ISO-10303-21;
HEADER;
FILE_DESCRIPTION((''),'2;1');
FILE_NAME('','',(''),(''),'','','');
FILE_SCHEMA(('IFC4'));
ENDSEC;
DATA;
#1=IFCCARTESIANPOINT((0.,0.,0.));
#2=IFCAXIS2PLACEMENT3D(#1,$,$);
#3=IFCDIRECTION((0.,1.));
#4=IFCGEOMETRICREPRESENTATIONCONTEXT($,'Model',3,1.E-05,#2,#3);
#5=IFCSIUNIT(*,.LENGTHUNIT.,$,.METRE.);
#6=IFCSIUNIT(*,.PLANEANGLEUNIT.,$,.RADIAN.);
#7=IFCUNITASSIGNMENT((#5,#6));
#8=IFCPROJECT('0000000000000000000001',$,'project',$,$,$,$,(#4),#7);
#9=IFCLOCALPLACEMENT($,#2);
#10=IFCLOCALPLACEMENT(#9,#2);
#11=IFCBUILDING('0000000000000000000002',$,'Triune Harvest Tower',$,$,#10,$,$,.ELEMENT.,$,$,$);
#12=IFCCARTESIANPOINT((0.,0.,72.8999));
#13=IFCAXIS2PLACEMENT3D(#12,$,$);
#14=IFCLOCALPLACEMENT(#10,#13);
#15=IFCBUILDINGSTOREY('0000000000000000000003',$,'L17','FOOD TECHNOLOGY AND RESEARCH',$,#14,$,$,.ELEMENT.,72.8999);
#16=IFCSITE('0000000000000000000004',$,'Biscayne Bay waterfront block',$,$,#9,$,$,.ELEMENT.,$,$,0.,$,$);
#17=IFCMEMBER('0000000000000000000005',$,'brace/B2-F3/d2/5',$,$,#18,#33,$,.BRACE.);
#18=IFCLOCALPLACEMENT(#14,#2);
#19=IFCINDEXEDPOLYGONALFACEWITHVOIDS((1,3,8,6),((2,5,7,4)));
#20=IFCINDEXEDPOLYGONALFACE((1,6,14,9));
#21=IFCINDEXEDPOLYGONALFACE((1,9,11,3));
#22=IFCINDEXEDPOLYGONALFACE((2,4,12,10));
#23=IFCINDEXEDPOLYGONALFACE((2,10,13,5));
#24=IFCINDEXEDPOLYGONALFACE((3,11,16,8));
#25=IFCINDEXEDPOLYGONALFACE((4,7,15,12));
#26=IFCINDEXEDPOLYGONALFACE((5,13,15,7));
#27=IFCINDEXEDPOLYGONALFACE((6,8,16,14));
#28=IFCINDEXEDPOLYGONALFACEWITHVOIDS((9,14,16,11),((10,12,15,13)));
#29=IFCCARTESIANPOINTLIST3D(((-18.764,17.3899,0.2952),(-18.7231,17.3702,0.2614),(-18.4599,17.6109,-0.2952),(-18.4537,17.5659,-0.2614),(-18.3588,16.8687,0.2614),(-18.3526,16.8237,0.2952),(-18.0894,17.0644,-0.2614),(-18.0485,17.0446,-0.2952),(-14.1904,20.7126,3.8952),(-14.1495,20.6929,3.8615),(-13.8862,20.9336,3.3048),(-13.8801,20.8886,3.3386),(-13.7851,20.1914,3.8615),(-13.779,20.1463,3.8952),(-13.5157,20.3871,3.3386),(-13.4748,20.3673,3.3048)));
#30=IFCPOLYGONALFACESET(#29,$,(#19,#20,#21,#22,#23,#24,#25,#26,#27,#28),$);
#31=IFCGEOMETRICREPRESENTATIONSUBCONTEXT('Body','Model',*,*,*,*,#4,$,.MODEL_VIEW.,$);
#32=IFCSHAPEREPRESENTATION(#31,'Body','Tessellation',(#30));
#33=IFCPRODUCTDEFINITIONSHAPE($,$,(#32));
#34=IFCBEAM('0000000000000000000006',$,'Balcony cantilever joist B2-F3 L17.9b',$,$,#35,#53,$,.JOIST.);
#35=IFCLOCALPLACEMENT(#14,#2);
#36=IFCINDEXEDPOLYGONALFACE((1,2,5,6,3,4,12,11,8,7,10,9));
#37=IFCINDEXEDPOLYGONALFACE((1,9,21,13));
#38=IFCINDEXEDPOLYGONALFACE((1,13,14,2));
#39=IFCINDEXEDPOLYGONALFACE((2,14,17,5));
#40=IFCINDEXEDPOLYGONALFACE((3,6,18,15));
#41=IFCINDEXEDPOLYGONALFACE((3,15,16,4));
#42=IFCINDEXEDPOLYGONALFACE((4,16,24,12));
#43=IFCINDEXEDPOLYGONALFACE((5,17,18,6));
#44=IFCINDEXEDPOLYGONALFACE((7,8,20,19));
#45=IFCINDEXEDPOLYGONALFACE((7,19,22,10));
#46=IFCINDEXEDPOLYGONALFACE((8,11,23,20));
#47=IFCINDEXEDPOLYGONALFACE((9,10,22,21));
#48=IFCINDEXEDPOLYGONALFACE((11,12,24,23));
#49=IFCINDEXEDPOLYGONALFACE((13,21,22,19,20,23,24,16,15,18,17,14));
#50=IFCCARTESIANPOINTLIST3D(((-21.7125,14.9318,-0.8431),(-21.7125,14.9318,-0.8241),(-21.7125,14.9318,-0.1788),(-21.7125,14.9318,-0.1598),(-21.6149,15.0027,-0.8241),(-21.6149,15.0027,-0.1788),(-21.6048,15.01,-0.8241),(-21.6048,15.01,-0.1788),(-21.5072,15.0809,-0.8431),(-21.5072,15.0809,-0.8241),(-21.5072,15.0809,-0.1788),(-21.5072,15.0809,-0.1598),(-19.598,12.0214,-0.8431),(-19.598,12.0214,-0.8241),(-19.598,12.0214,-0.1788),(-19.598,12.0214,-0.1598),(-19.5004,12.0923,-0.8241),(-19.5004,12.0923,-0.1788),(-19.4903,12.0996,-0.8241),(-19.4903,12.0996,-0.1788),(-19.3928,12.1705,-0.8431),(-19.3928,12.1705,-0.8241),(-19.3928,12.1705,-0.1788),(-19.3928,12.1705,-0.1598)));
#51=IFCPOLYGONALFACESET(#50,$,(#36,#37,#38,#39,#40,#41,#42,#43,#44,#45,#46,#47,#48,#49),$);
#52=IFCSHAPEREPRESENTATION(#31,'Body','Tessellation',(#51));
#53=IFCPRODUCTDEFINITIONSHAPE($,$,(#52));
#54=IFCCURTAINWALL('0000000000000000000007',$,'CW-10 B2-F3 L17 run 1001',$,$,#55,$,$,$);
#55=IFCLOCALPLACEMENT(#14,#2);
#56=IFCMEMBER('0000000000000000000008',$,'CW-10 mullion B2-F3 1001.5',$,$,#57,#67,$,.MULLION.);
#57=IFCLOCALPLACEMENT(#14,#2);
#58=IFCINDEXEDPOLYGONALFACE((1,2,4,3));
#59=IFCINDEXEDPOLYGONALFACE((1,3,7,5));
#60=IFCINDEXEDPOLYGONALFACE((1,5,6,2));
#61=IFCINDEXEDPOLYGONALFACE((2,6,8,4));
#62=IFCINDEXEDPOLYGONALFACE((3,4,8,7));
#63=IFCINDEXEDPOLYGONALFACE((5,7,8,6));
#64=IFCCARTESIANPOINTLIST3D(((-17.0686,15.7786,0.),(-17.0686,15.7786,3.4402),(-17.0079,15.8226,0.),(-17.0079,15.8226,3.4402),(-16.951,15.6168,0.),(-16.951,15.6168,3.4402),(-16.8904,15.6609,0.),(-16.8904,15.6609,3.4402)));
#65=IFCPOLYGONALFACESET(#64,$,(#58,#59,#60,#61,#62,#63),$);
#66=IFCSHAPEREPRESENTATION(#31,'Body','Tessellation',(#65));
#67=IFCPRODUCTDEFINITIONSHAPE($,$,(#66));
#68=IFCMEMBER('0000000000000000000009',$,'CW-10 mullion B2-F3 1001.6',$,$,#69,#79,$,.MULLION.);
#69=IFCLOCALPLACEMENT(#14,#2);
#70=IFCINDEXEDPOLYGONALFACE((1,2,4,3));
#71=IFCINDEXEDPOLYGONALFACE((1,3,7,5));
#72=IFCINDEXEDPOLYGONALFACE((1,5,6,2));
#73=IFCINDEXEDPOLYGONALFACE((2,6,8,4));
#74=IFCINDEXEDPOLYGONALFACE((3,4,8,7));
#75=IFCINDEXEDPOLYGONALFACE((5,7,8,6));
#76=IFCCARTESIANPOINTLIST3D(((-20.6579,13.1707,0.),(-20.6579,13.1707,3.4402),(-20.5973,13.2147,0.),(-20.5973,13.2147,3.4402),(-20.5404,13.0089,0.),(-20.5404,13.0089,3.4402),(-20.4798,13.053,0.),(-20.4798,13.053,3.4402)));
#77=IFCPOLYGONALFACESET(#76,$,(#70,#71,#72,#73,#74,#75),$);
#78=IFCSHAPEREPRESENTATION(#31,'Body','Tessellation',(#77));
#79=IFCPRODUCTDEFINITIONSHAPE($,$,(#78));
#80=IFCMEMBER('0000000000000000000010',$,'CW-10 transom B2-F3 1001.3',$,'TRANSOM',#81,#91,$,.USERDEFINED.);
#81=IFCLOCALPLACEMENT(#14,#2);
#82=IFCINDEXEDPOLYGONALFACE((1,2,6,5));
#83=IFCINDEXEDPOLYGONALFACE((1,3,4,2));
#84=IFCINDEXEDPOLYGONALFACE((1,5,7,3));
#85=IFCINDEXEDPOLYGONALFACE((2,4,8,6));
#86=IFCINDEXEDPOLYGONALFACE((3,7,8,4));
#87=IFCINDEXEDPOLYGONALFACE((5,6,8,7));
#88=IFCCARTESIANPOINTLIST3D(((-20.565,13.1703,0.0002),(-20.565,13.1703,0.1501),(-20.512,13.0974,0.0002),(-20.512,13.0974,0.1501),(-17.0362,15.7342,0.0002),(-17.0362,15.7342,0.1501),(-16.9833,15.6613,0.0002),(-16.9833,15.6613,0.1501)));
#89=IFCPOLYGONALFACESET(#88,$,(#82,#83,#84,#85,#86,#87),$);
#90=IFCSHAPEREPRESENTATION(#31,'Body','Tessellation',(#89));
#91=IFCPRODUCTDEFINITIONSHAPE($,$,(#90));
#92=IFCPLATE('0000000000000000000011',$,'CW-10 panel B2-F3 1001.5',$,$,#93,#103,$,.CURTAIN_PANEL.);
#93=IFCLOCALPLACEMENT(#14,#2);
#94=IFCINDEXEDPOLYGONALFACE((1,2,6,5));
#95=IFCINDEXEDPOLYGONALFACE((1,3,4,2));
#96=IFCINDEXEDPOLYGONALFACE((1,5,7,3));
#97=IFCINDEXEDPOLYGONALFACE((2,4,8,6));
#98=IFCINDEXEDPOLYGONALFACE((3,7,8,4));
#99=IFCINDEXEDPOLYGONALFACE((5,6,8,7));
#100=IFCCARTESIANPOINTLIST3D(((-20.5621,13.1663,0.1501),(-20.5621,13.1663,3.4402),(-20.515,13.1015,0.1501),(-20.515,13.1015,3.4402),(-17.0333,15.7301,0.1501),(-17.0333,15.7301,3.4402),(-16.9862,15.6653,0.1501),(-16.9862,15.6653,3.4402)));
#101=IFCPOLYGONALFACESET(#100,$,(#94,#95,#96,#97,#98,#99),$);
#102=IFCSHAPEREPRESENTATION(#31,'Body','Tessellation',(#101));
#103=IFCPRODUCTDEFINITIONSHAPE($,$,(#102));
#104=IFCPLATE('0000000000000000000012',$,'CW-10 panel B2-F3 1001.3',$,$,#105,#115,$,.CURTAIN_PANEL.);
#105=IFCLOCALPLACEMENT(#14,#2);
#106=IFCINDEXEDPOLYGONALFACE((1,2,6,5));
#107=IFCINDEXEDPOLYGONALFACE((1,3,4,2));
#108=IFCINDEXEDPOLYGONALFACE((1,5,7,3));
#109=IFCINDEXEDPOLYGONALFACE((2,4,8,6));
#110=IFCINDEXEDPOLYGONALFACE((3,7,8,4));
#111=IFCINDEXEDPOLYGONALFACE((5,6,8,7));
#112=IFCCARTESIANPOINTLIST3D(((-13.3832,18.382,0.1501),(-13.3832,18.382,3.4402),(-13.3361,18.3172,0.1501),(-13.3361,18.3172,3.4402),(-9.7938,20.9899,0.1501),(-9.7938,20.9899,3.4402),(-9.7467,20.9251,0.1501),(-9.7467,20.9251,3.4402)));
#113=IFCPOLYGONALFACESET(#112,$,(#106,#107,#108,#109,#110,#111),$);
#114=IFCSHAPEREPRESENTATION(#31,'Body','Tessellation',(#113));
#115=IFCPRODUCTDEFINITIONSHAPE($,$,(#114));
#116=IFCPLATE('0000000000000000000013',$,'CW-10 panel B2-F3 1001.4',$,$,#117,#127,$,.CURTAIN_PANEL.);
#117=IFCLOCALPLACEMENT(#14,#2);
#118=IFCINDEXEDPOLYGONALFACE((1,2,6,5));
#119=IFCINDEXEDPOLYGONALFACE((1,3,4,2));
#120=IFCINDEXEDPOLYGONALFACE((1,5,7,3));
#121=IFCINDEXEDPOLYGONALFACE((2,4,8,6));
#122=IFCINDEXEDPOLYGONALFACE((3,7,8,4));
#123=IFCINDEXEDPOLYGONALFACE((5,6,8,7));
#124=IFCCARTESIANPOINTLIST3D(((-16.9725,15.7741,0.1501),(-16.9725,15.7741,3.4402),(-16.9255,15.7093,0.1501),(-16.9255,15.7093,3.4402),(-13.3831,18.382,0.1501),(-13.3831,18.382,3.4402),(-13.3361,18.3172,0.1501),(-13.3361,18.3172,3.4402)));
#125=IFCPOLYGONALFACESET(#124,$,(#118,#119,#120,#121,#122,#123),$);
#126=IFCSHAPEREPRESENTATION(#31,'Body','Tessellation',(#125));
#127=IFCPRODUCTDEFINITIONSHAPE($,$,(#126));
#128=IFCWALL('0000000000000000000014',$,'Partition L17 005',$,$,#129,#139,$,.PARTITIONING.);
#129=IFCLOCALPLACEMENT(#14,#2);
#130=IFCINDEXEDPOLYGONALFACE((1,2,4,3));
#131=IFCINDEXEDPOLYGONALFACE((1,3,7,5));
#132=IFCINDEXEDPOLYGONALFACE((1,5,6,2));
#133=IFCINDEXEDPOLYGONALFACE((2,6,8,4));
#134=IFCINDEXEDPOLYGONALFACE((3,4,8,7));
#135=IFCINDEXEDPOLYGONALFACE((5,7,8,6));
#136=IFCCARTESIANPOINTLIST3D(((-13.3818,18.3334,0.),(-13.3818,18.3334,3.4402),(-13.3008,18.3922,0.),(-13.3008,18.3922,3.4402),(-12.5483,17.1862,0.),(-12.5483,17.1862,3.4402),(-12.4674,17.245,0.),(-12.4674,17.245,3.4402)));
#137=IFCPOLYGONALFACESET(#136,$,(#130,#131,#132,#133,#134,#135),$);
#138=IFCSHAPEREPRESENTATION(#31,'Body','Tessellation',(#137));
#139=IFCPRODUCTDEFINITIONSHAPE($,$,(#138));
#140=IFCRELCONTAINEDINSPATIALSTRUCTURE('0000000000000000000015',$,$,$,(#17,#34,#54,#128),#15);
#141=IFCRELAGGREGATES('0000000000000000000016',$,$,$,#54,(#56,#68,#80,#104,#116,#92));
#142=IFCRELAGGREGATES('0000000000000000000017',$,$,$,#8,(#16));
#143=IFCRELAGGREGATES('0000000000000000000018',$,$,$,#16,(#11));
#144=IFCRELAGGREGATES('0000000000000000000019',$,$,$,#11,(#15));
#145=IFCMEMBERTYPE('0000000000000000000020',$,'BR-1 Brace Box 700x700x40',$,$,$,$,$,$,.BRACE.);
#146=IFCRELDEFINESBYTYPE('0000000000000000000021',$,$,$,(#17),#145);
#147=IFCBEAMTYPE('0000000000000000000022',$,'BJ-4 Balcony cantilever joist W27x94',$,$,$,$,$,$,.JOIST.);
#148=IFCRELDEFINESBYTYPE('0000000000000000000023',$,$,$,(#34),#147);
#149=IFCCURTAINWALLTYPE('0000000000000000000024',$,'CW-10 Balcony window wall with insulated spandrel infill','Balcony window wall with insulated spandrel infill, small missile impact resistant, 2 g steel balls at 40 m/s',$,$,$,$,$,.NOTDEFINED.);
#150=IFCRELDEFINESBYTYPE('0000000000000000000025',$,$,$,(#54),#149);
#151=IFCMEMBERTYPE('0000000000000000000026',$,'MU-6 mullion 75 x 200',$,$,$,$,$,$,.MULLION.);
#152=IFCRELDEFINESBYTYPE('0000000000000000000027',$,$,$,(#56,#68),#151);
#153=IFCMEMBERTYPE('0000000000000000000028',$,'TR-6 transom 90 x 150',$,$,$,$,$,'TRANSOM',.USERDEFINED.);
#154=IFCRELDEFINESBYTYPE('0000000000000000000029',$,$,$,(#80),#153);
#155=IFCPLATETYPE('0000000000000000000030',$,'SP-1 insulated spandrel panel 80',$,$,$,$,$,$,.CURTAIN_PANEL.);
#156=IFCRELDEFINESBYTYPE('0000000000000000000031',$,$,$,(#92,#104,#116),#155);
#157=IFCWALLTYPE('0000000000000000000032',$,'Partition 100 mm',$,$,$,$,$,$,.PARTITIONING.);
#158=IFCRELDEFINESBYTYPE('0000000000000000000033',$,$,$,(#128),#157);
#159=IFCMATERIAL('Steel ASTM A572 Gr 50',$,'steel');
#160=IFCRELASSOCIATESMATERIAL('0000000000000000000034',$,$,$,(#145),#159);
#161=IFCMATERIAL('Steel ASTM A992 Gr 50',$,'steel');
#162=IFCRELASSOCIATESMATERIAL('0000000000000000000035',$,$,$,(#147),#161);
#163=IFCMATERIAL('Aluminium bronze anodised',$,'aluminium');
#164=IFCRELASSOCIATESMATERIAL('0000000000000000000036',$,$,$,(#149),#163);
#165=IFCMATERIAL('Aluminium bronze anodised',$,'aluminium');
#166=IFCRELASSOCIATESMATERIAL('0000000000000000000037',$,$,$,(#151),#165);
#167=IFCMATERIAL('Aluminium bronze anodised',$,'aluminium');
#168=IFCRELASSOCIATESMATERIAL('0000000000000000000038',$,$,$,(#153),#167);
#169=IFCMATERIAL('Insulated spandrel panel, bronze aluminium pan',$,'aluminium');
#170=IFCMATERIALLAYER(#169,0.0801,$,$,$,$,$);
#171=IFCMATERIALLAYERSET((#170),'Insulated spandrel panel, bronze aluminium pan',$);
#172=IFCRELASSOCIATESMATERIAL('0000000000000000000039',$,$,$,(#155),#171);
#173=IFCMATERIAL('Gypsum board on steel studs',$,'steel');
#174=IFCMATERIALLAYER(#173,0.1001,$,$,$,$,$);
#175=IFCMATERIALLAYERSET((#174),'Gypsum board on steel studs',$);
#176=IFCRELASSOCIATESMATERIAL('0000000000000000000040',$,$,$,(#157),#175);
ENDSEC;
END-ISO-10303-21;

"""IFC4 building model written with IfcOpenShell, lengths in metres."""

from ifc_helpers import new_model, si_unit, direction, frame, frame_2d, origin, origin_2d, place, context, subcontext, project, spatial, rectangle, hollow_rectangle, i_section, extrude, source, transform, mapped, material, layer, layer_set, material_profile, profile_set, type_object, element, aggregate, save


model = new_model("IFC4")

# Units and contexts
model_context = context("Model", 3, precision=1e-05, world=origin(), true_north=direction((0.0, 1.0)))
body_context = subcontext(model_context, "Body", "Model", "MODEL_VIEW")
ifc_project = project(units=[si_unit("LENGTHUNIT", "METRE"), si_unit("PLANEANGLEUNIT", "RADIAN")], contexts=[model_context])

# Site, building, storey
site_placement = place(None, origin())
site = spatial("IfcSite", under=ifc_project, at=site_placement, Name="Biscayne Bay waterfront block", CompositionType="ELEMENT", RefElevation=0.0)
building_placement = place(site_placement, origin())
building = spatial("IfcBuilding", under=site, at=building_placement, Name="Triune Harvest Tower", CompositionType="ELEMENT")
storey_placement = place(building_placement, frame((0.0, 0.0, 72.8999)))
storey = spatial("IfcBuildingStorey", under=building, at=storey_placement, Name="L17", Description="FOOD TECHNOLOGY AND RESEARCH", CompositionType="ELEMENT", Elevation=72.8999)

# Member
ifc_material_1 = material(Name="Steel ASTM A572 Gr 50", Category="steel")
ifc_material_profile_1 = material_profile(ifc_material_1, hollow_rectangle(XDim=0.7, YDim=0.7, WallThickness=0.04, at=origin_2d()), Name="Box 700x700x40")
ifc_profile_set_1 = profile_set([ifc_material_profile_1], Name="Steel ASTM A572 Gr 50")
member_type_1 = type_object("IfcMemberType", Name="BR-1 Brace Box 700x700x40", PredefinedType="BRACE", material=ifc_profile_set_1)
shared_shape_1 = source(origin(), body_context, "Body", "SweptSolid", [
    extrude(hollow_rectangle(XDim=0.7, YDim=0.7, WallThickness=0.04, at=origin_2d()), origin(), (0.0, 0.0, 1.0), 6.7021),
])
for number, where, z_axis, x_axis, name in (
    (1, (-18.4062, 17.2173, 0.0), (0.682415, 0.495766, 0.537146), (-0.587756, 0.809039, 0.0), "brace/B2-F3/d2/5"),
):
    element("IfcMember", number, at=place(storey_placement, frame(where, z_axis=z_axis, x_axis=x_axis)), inside=storey, type_object=member_type_1, Name=name, PredefinedType="BRACE", context=body_context, shape_type="MappedRepresentation", body=[
        mapped(shared_shape_1, transform((0.0, 0.0, 0.0), scale=1.0)),
    ])

# Beam
ifc_material_2 = material(Name="Steel ASTM A992 Gr 50", Category="steel")
ifc_material_profile_2 = material_profile(ifc_material_2, i_section(OverallWidth=0.2537, OverallDepth=0.6833, WebThickness=0.0125, FlangeThickness=0.019, at=origin_2d()), Name="W27x94")
ifc_profile_set_2 = profile_set([ifc_material_profile_2], Name="Steel ASTM A992 Gr 50")
beam_type_1 = type_object("IfcBeamType", Name="BJ-4 Balcony cantilever joist W27x94", PredefinedType="JOIST", material=ifc_profile_set_2)
shared_shape_2 = source(origin(), body_context, "Body", "SweptSolid", [
    extrude(i_section(OverallWidth=0.2537, OverallDepth=0.6833, WebThickness=0.0125, FlangeThickness=0.019, at=origin_2d()), origin(), (0.0, 0.0, 1.0), 3.5974),
])
beam_1_placement = place(storey_placement, frame((-19.4954, 12.0959, -0.5015), z_axis=(-0.58778, 0.809021, 0.0), x_axis=(-0.809021, -0.58778, 0.0)))
element("IfcBeam", 2, at=beam_1_placement, inside=storey, type_object=beam_type_1, Name="Balcony cantilever joist B2-F3 L17.9b", PredefinedType="JOIST", context=body_context, shape_type="MappedRepresentation", body=[
    mapped(shared_shape_2, transform((0.0, 0.0, 0.0), scale=1.0)),
])

# Curtain wall, members, plates
ifc_material_3 = material(Name="Aluminium bronze anodised", Category="aluminium")
curtain_wall_type = type_object("IfcCurtainWallType", Name="CW-10 Balcony window wall with insulated spandrel infill", Description="Balcony window wall with insulated spandrel infill, small missile impact resistant, 2 g steel balls at 40 m/s", PredefinedType="NOTDEFINED", material=ifc_material_3)
curtain_wall_placement = place(storey_placement, origin())
curtain_wall = element("IfcCurtainWall", 3, at=curtain_wall_placement, inside=storey, type_object=curtain_wall_type, Name="CW-10 B2-F3 L17 run 1001")
ifc_material_4 = material(Name="Aluminium bronze anodised", Category="aluminium")
ifc_material_profile_3 = material_profile(ifc_material_4, rectangle(XDim=0.2, YDim=0.075, at=origin_2d()), Name="MU-6 mullion 75 x 200")
ifc_profile_set_3 = profile_set([ifc_material_profile_3], Name="Aluminium bronze anodised")
member_type_2 = type_object("IfcMemberType", Name="MU-6 mullion 75 x 200", PredefinedType="MULLION", material=ifc_profile_set_3)
shared_shape_3 = source(origin(), body_context, "Body", "SweptSolid", [
    extrude(rectangle(XDim=0.2, YDim=0.075, at=origin_2d()), origin(), (0.0, 0.0, 1.0), 3.4402),
])
member_1_placement = place(storey_placement, frame((-16.9795, 15.7197, 0.0), z_axis=(0.0, 0.0, 1.0), x_axis=(0.587785, -0.809017, 0.0)))
member_1 = element("IfcMember", 4, at=member_1_placement, type_object=member_type_2, Name="CW-10 mullion B2-F3 1001.5", PredefinedType="MULLION", context=body_context, shape_type="MappedRepresentation", body=[
    mapped(shared_shape_3, transform((0.0, 0.0, 0.0), scale=1.0)),
])
member_2_placement = place(storey_placement, frame((-20.5688, 13.1118, 0.0), z_axis=(0.0, 0.0, 1.0), x_axis=(0.587785, -0.809017, 0.0)))
member_2 = element("IfcMember", 5, at=member_2_placement, type_object=member_type_2, Name="CW-10 mullion B2-F3 1001.6", PredefinedType="MULLION", context=body_context, shape_type="MappedRepresentation", body=[
    mapped(shared_shape_3, transform((0.0, 0.0, 0.0), scale=1.0)),
])
ifc_material_5 = material(Name="Aluminium bronze anodised", Category="aluminium")
ifc_material_profile_4 = material_profile(ifc_material_5, rectangle(XDim=0.0901, YDim=0.1499, at=origin_2d()), Name="TR-6 transom 90 x 150")
ifc_profile_set_4 = profile_set([ifc_material_profile_4], Name="Aluminium bronze anodised")
member_type_3 = type_object("IfcMemberType", Name="TR-6 transom 90 x 150", ElementType="TRANSOM", PredefinedType="USERDEFINED", material=ifc_profile_set_4)
shared_shape_4 = source(origin(), body_context, "Body", "SweptSolid", [
    extrude(rectangle(XDim=0.0901, YDim=0.1499, at=origin_2d()), origin(), (0.0, 0.0, 1.0), 4.3618),
])
member_3_placement = place(storey_placement, frame((-17.0098, 15.6978, 0.0752), z_axis=(-0.809002, -0.587806, 0.0), x_axis=(0.587806, -0.809002, 0.0)))
member_3 = element("IfcMember", 6, at=member_3_placement, type_object=member_type_3, Name="CW-10 transom B2-F3 1001.3", ObjectType="TRANSOM", PredefinedType="USERDEFINED", context=body_context, shape_type="MappedRepresentation", body=[
    mapped(shared_shape_4, transform((0.0, 0.0, 0.0), scale=1.0)),
])
ifc_material_6 = material(Name="Insulated spandrel panel, bronze aluminium pan", Category="aluminium")
ifc_layer_1 = layer(ifc_material_6, 0.0801)
ifc_layer_set_1 = layer_set([ifc_layer_1], Name="Insulated spandrel panel, bronze aluminium pan")
plate_type = type_object("IfcPlateType", Name="SP-1 insulated spandrel panel 80", PredefinedType="CURTAIN_PANEL", material=ifc_layer_set_1)
plate_1_placement = place(storey_placement, frame((-18.7742, 14.4158, 0.1501), z_axis=(0.0, 0.0, 1.0), x_axis=(-0.809017, -0.587785, 0.0)))
plate_1 = element("IfcPlate", 7, at=plate_1_placement, type_object=plate_type, Name="CW-10 panel B2-F3 1001.5", PredefinedType="CURTAIN_PANEL", context=body_context, shape_type="SweptSolid", body=[
    extrude(rectangle(XDim=4.3618, YDim=0.0801, at=origin_2d()), origin(), (0.0, 0.0, 1.0), 3.29),
])
shared_shape_5 = source(origin(), body_context, "Body", "SweptSolid", [
    extrude(rectangle(XDim=4.4368, YDim=0.0801, at=origin_2d()), origin(), (0.0, 0.0, 1.0), 3.29),
])
plate_2_placement = place(storey_placement, frame((-11.5649, 19.6536, 0.1501), z_axis=(0.0, 0.0, 1.0), x_axis=(-0.809017, -0.587785, 0.0)))
plate_2 = element("IfcPlate", 8, at=plate_2_placement, type_object=plate_type, Name="CW-10 panel B2-F3 1001.3", PredefinedType="CURTAIN_PANEL", context=body_context, shape_type="MappedRepresentation", body=[
    mapped(shared_shape_5, transform((0.0, 0.0, 0.0), scale=1.0)),
])
plate_3_placement = place(storey_placement, frame((-15.1543, 17.0457, 0.1501), z_axis=(0.0, 0.0, 1.0), x_axis=(-0.809017, -0.587785, 0.0)))
plate_3 = element("IfcPlate", 9, at=plate_3_placement, type_object=plate_type, Name="CW-10 panel B2-F3 1001.4", PredefinedType="CURTAIN_PANEL", context=body_context, shape_type="MappedRepresentation", body=[
    mapped(shared_shape_5, transform((0.0, 0.0, 0.0), scale=1.0)),
])
aggregate(curtain_wall, [member_1, member_2, member_3, plate_2, plate_3, plate_1])

# Wall
ifc_material_7 = material(Name="Gypsum board on steel studs", Category="steel")
ifc_layer_2 = layer(ifc_material_7, 0.1001)
ifc_layer_set_2 = layer_set([ifc_layer_2], Name="Gypsum board on steel studs")
wall_type_1 = type_object("IfcWallType", Name="Partition 100 mm", PredefinedType="PARTITIONING", material=ifc_layer_set_2)
wall_1_placement = place(storey_placement, frame((-13.3413, 18.3628, 0.0), z_axis=(0.0, 0.0, 1.0), x_axis=(0.587783, -0.809019, 0.0)))
element("IfcWall", 10, at=wall_1_placement, inside=storey, type_object=wall_type_1, Name="Partition L17 005", PredefinedType="PARTITIONING", context=body_context, shape_type="SweptSolid", body=[
    extrude(rectangle(XDim=1.418, YDim=0.1001, at=frame_2d((0.709, 0.0))), origin(), (0.0, 0.0, 1.0), 3.4402),
])

save(model, "model.ifc")
